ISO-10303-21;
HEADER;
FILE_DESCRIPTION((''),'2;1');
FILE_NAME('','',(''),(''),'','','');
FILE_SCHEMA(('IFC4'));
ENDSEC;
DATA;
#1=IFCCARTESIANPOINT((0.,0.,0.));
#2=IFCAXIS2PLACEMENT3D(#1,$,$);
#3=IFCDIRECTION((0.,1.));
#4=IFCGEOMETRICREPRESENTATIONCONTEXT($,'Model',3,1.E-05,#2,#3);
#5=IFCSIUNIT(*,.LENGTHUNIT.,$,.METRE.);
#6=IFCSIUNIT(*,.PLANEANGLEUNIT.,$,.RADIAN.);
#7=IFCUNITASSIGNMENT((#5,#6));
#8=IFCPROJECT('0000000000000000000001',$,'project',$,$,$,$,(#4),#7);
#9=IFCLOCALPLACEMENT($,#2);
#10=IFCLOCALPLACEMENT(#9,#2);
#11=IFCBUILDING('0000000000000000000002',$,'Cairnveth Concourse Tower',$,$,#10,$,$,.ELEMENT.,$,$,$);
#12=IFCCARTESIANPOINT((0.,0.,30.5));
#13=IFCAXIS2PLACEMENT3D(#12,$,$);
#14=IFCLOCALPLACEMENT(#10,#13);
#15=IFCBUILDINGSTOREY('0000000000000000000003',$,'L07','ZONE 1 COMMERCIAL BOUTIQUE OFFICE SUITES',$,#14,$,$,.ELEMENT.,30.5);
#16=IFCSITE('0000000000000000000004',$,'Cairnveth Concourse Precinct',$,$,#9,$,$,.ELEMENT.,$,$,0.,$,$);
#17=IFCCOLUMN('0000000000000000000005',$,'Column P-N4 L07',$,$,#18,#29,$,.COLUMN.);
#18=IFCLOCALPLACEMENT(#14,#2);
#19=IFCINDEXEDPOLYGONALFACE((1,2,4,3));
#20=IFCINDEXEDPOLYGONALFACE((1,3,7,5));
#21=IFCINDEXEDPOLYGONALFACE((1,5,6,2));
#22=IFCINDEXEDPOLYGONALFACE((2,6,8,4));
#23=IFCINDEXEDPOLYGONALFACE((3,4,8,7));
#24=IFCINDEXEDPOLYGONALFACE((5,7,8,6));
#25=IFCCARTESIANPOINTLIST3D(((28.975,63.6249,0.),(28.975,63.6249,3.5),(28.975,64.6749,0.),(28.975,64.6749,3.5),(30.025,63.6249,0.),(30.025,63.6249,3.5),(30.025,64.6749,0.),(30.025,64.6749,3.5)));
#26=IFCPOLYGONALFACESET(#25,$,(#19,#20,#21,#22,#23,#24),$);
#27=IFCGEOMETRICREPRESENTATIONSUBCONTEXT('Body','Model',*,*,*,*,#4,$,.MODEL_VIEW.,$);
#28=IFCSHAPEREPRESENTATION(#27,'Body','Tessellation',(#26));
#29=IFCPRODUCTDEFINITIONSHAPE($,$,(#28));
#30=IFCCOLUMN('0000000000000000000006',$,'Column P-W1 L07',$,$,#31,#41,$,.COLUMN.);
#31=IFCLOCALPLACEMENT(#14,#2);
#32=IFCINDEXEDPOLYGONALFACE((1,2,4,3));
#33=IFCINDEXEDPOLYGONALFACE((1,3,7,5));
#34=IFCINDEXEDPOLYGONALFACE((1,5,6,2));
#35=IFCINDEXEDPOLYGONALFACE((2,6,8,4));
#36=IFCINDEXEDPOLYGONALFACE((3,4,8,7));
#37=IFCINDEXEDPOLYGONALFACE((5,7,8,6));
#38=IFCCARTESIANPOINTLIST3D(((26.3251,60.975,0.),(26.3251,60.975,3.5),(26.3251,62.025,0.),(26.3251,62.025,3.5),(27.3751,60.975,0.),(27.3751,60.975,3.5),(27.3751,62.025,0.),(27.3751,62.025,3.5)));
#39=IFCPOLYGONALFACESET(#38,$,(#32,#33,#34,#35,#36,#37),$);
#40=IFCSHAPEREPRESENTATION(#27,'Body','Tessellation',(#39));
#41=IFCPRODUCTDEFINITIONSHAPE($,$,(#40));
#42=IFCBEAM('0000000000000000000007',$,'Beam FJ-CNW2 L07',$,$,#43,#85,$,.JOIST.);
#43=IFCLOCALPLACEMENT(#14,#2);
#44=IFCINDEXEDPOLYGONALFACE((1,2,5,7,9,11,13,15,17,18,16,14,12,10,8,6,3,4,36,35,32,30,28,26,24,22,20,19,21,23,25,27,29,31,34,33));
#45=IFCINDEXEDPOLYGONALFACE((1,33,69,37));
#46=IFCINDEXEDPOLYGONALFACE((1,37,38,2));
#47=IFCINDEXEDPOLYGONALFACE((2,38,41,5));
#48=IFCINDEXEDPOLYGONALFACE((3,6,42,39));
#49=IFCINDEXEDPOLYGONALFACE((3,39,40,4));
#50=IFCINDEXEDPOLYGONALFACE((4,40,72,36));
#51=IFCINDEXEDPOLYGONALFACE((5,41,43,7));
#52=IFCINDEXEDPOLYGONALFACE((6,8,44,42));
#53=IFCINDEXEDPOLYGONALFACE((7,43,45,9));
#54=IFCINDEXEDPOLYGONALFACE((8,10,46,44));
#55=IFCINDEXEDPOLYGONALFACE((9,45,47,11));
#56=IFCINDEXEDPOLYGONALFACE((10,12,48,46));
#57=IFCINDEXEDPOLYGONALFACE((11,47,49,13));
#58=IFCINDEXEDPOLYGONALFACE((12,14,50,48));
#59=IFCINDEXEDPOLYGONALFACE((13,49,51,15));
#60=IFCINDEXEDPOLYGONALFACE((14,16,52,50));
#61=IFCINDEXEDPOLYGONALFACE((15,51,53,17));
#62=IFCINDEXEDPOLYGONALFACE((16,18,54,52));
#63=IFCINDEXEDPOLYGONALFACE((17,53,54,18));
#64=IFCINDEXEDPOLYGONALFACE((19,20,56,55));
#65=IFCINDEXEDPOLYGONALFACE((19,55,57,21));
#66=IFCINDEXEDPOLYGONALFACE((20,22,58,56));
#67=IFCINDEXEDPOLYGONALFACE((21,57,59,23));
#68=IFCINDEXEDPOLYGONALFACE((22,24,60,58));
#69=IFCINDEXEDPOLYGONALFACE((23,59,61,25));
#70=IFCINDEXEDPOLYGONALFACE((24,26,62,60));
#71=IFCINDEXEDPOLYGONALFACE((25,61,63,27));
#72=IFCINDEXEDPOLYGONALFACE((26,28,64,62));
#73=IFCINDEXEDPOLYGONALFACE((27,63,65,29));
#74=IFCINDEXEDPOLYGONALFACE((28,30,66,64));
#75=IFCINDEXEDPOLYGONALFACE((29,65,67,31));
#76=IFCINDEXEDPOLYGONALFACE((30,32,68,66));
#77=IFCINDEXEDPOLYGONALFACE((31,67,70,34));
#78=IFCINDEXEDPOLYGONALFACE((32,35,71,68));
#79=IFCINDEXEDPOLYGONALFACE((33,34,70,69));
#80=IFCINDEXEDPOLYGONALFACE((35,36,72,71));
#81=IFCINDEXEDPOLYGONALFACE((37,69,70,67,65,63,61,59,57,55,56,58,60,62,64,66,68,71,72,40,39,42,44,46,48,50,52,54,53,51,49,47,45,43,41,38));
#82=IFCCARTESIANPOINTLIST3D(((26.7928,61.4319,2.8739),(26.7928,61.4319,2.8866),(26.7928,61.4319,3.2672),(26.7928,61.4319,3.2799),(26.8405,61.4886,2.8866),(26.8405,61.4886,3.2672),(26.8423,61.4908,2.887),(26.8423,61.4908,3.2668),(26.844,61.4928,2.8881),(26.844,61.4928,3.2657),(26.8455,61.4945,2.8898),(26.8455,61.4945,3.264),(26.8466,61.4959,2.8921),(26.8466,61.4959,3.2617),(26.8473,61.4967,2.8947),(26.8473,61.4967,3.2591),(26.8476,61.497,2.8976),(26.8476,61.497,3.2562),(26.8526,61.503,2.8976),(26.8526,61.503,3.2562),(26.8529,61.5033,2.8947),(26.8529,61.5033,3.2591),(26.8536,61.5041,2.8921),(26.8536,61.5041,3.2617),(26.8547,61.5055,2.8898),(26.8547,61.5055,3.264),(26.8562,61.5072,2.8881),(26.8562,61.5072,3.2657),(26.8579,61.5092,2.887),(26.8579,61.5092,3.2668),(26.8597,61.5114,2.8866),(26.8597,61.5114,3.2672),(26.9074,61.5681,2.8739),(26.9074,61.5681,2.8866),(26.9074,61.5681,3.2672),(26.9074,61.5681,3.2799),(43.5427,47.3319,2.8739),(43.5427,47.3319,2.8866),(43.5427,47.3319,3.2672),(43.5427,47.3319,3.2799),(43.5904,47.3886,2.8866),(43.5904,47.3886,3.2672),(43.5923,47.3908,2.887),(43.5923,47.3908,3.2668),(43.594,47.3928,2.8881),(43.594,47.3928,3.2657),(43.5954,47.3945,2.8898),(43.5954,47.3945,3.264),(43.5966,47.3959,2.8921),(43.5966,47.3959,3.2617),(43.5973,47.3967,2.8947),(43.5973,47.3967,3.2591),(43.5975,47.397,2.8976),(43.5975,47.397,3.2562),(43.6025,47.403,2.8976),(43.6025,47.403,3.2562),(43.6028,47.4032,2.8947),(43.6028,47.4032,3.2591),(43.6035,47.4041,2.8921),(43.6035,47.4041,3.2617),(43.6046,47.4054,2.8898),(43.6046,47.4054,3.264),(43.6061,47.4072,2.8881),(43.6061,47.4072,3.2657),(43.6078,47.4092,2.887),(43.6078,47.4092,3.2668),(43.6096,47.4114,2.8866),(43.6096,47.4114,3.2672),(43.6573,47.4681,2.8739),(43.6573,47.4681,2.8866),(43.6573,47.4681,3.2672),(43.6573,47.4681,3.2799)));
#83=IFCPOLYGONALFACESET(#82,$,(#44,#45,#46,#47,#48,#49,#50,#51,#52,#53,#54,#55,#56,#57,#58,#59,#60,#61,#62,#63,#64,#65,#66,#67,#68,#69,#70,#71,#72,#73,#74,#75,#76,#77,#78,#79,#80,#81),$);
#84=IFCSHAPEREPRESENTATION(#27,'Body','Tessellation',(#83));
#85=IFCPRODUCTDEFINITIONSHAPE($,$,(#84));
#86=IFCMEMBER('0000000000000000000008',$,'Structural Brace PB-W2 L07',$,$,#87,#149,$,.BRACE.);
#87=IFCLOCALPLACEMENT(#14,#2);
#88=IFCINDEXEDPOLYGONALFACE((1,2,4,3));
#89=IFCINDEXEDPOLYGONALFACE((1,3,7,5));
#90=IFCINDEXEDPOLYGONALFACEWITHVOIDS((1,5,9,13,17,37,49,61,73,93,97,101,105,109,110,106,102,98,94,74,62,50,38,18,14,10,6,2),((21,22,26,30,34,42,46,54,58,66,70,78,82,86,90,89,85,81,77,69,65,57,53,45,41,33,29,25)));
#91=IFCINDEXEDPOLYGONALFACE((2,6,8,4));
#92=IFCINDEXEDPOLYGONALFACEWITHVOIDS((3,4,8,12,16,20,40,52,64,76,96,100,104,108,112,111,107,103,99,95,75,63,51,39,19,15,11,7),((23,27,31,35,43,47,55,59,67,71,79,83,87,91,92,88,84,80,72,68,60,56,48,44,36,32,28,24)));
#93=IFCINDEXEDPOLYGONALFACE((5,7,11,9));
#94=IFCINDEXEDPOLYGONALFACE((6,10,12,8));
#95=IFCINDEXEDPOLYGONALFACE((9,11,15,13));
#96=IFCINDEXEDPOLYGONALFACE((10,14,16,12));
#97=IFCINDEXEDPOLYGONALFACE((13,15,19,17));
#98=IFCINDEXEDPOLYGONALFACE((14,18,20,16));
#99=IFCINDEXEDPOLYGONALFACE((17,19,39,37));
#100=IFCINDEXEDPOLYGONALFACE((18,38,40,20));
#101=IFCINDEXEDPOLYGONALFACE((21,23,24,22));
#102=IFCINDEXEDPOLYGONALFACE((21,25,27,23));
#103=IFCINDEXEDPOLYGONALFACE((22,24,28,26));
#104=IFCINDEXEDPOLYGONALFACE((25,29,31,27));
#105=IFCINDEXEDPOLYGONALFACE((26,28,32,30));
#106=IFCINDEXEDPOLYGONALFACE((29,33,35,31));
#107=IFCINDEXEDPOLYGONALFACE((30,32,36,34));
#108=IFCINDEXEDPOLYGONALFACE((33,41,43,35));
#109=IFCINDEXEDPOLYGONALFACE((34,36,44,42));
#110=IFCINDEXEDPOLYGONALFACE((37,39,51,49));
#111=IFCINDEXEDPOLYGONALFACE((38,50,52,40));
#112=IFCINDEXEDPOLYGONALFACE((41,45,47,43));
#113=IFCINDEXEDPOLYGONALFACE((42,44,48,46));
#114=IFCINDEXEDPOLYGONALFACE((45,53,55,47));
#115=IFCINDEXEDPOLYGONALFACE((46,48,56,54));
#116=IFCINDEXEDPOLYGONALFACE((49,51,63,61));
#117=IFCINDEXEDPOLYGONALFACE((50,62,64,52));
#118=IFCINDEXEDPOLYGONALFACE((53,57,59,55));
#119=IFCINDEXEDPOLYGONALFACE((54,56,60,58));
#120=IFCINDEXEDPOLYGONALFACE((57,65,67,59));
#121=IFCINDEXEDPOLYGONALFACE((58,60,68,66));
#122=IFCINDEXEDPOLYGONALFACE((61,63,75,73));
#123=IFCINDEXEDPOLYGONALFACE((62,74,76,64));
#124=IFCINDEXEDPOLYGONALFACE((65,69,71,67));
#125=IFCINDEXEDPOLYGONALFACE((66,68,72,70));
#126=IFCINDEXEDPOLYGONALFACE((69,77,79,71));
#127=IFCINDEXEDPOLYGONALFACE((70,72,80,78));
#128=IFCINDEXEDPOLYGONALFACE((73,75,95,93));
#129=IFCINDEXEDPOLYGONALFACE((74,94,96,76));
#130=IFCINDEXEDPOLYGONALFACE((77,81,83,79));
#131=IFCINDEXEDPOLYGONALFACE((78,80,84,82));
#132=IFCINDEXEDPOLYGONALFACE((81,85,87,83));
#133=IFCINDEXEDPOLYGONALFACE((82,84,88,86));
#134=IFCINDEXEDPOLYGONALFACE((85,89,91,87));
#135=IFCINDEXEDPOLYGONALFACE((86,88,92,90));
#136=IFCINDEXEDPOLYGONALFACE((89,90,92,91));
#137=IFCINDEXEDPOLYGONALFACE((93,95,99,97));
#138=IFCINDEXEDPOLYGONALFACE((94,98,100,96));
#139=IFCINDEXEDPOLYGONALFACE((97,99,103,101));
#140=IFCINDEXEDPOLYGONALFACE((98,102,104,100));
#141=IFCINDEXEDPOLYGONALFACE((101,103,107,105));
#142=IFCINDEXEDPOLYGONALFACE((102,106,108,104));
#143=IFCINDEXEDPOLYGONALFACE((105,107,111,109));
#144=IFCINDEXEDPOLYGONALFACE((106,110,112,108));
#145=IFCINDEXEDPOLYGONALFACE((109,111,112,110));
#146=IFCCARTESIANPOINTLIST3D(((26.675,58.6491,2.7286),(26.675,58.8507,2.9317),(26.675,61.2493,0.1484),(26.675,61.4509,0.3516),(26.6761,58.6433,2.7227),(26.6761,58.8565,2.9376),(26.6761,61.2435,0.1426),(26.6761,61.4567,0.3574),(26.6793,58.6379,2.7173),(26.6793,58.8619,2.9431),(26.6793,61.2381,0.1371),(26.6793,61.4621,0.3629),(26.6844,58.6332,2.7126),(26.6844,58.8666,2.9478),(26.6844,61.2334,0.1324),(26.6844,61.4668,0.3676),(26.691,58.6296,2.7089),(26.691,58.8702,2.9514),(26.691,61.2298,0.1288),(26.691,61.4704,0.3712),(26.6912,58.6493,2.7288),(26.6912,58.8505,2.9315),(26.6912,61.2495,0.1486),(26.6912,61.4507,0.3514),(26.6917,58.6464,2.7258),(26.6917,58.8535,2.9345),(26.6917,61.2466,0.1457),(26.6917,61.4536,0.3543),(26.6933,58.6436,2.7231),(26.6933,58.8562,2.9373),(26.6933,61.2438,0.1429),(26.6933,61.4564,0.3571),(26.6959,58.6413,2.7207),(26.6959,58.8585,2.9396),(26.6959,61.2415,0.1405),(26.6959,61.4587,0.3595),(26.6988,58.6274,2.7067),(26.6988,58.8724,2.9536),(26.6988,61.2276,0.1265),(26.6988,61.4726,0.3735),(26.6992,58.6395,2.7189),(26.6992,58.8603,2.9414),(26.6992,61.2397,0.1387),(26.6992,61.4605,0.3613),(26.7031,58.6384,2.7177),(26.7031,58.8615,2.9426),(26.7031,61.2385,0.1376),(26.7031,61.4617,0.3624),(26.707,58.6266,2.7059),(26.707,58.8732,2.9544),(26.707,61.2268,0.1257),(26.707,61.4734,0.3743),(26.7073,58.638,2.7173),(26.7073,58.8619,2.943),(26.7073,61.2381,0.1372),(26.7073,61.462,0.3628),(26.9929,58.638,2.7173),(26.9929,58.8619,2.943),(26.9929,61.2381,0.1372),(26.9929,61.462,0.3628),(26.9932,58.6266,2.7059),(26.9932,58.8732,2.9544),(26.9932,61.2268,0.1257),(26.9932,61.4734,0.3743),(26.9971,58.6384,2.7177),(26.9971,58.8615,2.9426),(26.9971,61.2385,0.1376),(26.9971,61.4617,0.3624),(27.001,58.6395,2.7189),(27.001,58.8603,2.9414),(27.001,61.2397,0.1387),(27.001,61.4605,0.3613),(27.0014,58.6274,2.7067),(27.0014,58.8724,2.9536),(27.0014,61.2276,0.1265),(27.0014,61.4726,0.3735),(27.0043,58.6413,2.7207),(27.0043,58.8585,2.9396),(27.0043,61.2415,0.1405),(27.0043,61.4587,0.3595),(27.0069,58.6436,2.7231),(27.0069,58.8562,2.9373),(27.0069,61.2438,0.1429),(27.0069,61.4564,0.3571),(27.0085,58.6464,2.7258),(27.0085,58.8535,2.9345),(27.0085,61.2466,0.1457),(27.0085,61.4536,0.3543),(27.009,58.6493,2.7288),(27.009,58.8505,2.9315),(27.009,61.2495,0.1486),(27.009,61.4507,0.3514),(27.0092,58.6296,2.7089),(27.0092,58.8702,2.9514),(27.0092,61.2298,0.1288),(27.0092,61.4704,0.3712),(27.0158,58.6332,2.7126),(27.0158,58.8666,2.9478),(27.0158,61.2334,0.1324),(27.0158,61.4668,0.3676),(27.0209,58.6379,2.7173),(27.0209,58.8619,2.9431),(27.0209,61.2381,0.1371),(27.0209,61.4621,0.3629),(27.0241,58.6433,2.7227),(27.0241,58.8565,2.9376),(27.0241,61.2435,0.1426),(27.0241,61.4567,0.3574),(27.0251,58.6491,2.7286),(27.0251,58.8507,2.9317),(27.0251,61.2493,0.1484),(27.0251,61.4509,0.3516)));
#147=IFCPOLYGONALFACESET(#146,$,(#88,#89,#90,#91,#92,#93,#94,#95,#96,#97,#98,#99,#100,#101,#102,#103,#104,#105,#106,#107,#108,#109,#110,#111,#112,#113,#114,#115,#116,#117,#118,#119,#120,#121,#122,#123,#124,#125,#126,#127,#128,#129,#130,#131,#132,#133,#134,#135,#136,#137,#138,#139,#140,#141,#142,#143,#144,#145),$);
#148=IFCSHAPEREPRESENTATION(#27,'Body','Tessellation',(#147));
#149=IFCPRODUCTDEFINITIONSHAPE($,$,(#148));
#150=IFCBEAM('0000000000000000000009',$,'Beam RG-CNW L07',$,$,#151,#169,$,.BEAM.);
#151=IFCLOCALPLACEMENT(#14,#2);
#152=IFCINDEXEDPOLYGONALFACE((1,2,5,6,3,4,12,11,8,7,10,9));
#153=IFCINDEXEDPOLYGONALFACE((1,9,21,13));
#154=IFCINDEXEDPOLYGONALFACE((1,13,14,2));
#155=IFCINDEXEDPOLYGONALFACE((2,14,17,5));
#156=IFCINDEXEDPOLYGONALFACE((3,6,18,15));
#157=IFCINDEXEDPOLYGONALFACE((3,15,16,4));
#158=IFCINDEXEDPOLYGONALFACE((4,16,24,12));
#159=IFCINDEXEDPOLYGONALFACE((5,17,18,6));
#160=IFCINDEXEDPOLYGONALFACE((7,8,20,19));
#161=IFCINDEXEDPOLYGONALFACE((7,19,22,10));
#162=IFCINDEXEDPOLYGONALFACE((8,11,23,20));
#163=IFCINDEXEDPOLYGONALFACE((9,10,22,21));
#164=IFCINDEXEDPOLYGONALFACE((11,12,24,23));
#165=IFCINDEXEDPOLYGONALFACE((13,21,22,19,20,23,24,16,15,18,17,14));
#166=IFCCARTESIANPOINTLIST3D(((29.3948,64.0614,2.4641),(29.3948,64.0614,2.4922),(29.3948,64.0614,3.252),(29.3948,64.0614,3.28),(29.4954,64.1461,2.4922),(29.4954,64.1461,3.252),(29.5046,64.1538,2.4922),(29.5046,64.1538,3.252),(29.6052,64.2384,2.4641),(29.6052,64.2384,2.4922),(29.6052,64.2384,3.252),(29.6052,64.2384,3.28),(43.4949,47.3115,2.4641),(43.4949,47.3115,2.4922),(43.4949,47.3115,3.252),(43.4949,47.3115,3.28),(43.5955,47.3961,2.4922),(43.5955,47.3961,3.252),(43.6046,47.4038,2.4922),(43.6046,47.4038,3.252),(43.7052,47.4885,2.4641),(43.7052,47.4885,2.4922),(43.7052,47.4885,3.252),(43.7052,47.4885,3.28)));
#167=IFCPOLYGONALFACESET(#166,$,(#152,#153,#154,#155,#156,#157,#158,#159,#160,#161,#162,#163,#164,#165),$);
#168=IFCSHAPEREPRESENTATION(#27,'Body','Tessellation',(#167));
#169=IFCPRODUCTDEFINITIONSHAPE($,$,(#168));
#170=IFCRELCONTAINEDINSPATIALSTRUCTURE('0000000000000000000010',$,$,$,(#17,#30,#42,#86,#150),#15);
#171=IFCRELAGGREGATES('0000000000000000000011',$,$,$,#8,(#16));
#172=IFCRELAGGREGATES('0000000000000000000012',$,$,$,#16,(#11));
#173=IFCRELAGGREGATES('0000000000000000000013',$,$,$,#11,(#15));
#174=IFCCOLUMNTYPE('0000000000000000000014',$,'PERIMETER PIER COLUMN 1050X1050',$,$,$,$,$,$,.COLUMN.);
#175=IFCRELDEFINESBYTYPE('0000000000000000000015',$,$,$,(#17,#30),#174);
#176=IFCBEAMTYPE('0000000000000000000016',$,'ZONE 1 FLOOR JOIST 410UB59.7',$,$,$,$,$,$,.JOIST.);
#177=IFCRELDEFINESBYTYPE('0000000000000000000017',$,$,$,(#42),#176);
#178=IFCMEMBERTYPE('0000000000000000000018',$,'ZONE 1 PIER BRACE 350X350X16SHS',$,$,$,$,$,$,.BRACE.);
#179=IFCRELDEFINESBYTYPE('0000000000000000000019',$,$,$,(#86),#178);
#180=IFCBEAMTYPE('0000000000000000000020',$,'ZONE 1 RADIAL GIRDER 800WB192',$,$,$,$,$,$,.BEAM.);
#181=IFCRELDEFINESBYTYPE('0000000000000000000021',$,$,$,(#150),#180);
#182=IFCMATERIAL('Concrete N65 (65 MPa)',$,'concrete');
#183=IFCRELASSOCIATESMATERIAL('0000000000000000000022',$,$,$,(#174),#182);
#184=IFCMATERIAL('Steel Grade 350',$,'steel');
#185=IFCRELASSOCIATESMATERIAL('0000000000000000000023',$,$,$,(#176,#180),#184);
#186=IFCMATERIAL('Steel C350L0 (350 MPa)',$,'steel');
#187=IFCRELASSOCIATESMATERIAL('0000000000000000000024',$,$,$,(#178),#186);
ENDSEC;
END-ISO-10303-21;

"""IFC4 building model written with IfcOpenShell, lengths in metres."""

from ifc_helpers import new_model, si_unit, direction, frame, origin, origin_2d, place, context, subcontext, project, spatial, rectangle, hollow_rectangle, i_section, extrude, material, material_profile, profile_set, type_object, element, save


model = new_model("IFC4")

# Units and contexts
model_context = context("Model", 3, precision=1e-05, world=origin(), true_north=direction((0.0, 1.0)))
body_context = subcontext(model_context, "Body", "Model", "MODEL_VIEW")
ifc_project = project(units=[si_unit("LENGTHUNIT", "METRE"), si_unit("PLANEANGLEUNIT", "RADIAN")], contexts=[model_context])

# Site, building, storey
site_placement = place(None, origin())
site = spatial("IfcSite", under=ifc_project, at=site_placement, Name="Cairnveth Concourse Precinct", CompositionType="ELEMENT", RefElevation=0.0)
building_placement = place(site_placement, origin())
building = spatial("IfcBuilding", under=site, at=building_placement, Name="Cairnveth Concourse Tower", CompositionType="ELEMENT")
storey_placement = place(building_placement, frame((0.0, 0.0, 30.5)))
storey = spatial("IfcBuildingStorey", under=building, at=storey_placement, Name="L07", Description="ZONE 1 COMMERCIAL BOUTIQUE OFFICE SUITES", CompositionType="ELEMENT", Elevation=30.5)

# Columns
ifc_material_1 = material(Name="Concrete N65 (65 MPa)", Category="concrete")
ifc_material_profile_1 = material_profile(ifc_material_1, rectangle(XDim=1.05, YDim=1.05, at=origin_2d()), Name="RC-COL-1050x1050")
ifc_profile_set_1 = profile_set([ifc_material_profile_1], Name="Concrete N65 (65 MPa)")
column_type = type_object("IfcColumnType", Name="PERIMETER PIER COLUMN 1050X1050", PredefinedType="COLUMN", material=ifc_profile_set_1)
for number, where, z_axis, x_axis, name in (
    (1, (29.5, 64.1499, 0.0), (0.0, 0.0, 1.0), (1.0, 0.0, 0.0), "Column P-N4 L07"),
    (2, (26.8501, 61.5, 0.0), (0.0, 0.0, 1.0), (0.0, 1.0, 0.0), "Column P-W1 L07"),
):
    element("IfcColumn", number, at=place(storey_placement, frame(where, z_axis=z_axis, x_axis=x_axis)), inside=storey, type_object=column_type, Name=name, PredefinedType="COLUMN", context=body_context, shape_type="SweptSolid", body=[
        extrude(rectangle(XDim=1.05, YDim=1.05, at=origin_2d()), origin(), (0.0, 0.0, 1.0), 3.5),
    ])

# Beam
ifc_material_2 = material(Name="Steel Grade 350", Category="steel")
ifc_material_profile_2 = material_profile(ifc_material_2, i_section(OverallWidth=0.178, OverallDepth=0.406, WebThickness=0.0078, FlangeThickness=0.0127, FilletRadius=0.011, at=origin_2d()), Name="410UB59.7")
ifc_profile_set_2 = profile_set([ifc_material_profile_2], Name="Steel Grade 350")
beam_type_1 = type_object("IfcBeamType", Name="ZONE 1 FLOOR JOIST 410UB59.7", PredefinedType="JOIST", material=ifc_profile_set_2)
beam_1_placement = place(storey_placement, frame((26.8501, 61.5, 3.0769), z_axis=(0.765027, -0.643998, 0.0), x_axis=(0.643998, 0.765027, 0.0)))
element("IfcBeam", 3, at=beam_1_placement, inside=storey, type_object=beam_type_1, Name="Beam FJ-CNW2 L07", PredefinedType="JOIST", context=body_context, shape_type="SweptSolid", body=[
    extrude(i_section(OverallWidth=0.178, OverallDepth=0.406, WebThickness=0.0078, FlangeThickness=0.0127, FilletRadius=0.011, at=origin_2d()), origin(), (0.0, 0.0, 1.0), 21.8945),
])

# Member
ifc_material_3 = material(Name="Steel C350L0 (350 MPa)", Category="steel")
ifc_material_profile_3 = material_profile(ifc_material_3, hollow_rectangle(XDim=0.3501, YDim=0.3501, WallThickness=0.0161, InnerFilletRadius=0.0161, OuterFilletRadius=0.032, at=origin_2d()), Name="350x350x16.0SHS")
ifc_profile_set_3 = profile_set([ifc_material_profile_3], Name="Steel C350L0 (350 MPa)")
member_type = type_object("IfcMemberType", Name="ZONE 1 PIER BRACE 350X350X16SHS", PredefinedType="BRACE", material=ifc_profile_set_3)
member_placement = place(storey_placement, frame((26.8501, 61.3501, 0.25), z_axis=(0.0, -0.709834, 0.704369), x_axis=(1.0, 0.0, 0.0)))
element("IfcMember", 4, at=member_placement, inside=storey, type_object=member_type, Name="Structural Brace PB-W2 L07", PredefinedType="BRACE", context=body_context, shape_type="SweptSolid", body=[
    extrude(hollow_rectangle(XDim=0.3501, YDim=0.3501, WallThickness=0.0161, InnerFilletRadius=0.0161, OuterFilletRadius=0.032, at=origin_2d()), origin(), (0.0, 0.0, 1.0), 3.6631),
])

# Beam
ifc_material_profile_4 = material_profile(ifc_material_2, i_section(OverallWidth=0.2749, OverallDepth=0.8159, WebThickness=0.012, FlangeThickness=0.0281, at=origin_2d()), Name="800WB192")
ifc_profile_set_4 = profile_set([ifc_material_profile_4], Name="Steel Grade 350")
beam_type_2 = type_object("IfcBeamType", Name="ZONE 1 RADIAL GIRDER 800WB192", PredefinedType="BEAM", material=ifc_profile_set_4)
beam_2_placement = place(storey_placement, frame((29.5, 64.1499, 2.8721), z_axis=(0.643998, -0.765027, 0.0), x_axis=(0.765027, 0.643998, 0.0)))
element("IfcBeam", 5, at=beam_2_placement, inside=storey, type_object=beam_type_2, Name="Beam RG-CNW L07", PredefinedType="BEAM", context=body_context, shape_type="SweptSolid", body=[
    extrude(i_section(OverallWidth=0.2749, OverallDepth=0.8159, WebThickness=0.012, FlangeThickness=0.0281, at=origin_2d()), origin(), (0.0, 0.0, 1.0), 21.8945),
])

save(model, "model.ifc")
